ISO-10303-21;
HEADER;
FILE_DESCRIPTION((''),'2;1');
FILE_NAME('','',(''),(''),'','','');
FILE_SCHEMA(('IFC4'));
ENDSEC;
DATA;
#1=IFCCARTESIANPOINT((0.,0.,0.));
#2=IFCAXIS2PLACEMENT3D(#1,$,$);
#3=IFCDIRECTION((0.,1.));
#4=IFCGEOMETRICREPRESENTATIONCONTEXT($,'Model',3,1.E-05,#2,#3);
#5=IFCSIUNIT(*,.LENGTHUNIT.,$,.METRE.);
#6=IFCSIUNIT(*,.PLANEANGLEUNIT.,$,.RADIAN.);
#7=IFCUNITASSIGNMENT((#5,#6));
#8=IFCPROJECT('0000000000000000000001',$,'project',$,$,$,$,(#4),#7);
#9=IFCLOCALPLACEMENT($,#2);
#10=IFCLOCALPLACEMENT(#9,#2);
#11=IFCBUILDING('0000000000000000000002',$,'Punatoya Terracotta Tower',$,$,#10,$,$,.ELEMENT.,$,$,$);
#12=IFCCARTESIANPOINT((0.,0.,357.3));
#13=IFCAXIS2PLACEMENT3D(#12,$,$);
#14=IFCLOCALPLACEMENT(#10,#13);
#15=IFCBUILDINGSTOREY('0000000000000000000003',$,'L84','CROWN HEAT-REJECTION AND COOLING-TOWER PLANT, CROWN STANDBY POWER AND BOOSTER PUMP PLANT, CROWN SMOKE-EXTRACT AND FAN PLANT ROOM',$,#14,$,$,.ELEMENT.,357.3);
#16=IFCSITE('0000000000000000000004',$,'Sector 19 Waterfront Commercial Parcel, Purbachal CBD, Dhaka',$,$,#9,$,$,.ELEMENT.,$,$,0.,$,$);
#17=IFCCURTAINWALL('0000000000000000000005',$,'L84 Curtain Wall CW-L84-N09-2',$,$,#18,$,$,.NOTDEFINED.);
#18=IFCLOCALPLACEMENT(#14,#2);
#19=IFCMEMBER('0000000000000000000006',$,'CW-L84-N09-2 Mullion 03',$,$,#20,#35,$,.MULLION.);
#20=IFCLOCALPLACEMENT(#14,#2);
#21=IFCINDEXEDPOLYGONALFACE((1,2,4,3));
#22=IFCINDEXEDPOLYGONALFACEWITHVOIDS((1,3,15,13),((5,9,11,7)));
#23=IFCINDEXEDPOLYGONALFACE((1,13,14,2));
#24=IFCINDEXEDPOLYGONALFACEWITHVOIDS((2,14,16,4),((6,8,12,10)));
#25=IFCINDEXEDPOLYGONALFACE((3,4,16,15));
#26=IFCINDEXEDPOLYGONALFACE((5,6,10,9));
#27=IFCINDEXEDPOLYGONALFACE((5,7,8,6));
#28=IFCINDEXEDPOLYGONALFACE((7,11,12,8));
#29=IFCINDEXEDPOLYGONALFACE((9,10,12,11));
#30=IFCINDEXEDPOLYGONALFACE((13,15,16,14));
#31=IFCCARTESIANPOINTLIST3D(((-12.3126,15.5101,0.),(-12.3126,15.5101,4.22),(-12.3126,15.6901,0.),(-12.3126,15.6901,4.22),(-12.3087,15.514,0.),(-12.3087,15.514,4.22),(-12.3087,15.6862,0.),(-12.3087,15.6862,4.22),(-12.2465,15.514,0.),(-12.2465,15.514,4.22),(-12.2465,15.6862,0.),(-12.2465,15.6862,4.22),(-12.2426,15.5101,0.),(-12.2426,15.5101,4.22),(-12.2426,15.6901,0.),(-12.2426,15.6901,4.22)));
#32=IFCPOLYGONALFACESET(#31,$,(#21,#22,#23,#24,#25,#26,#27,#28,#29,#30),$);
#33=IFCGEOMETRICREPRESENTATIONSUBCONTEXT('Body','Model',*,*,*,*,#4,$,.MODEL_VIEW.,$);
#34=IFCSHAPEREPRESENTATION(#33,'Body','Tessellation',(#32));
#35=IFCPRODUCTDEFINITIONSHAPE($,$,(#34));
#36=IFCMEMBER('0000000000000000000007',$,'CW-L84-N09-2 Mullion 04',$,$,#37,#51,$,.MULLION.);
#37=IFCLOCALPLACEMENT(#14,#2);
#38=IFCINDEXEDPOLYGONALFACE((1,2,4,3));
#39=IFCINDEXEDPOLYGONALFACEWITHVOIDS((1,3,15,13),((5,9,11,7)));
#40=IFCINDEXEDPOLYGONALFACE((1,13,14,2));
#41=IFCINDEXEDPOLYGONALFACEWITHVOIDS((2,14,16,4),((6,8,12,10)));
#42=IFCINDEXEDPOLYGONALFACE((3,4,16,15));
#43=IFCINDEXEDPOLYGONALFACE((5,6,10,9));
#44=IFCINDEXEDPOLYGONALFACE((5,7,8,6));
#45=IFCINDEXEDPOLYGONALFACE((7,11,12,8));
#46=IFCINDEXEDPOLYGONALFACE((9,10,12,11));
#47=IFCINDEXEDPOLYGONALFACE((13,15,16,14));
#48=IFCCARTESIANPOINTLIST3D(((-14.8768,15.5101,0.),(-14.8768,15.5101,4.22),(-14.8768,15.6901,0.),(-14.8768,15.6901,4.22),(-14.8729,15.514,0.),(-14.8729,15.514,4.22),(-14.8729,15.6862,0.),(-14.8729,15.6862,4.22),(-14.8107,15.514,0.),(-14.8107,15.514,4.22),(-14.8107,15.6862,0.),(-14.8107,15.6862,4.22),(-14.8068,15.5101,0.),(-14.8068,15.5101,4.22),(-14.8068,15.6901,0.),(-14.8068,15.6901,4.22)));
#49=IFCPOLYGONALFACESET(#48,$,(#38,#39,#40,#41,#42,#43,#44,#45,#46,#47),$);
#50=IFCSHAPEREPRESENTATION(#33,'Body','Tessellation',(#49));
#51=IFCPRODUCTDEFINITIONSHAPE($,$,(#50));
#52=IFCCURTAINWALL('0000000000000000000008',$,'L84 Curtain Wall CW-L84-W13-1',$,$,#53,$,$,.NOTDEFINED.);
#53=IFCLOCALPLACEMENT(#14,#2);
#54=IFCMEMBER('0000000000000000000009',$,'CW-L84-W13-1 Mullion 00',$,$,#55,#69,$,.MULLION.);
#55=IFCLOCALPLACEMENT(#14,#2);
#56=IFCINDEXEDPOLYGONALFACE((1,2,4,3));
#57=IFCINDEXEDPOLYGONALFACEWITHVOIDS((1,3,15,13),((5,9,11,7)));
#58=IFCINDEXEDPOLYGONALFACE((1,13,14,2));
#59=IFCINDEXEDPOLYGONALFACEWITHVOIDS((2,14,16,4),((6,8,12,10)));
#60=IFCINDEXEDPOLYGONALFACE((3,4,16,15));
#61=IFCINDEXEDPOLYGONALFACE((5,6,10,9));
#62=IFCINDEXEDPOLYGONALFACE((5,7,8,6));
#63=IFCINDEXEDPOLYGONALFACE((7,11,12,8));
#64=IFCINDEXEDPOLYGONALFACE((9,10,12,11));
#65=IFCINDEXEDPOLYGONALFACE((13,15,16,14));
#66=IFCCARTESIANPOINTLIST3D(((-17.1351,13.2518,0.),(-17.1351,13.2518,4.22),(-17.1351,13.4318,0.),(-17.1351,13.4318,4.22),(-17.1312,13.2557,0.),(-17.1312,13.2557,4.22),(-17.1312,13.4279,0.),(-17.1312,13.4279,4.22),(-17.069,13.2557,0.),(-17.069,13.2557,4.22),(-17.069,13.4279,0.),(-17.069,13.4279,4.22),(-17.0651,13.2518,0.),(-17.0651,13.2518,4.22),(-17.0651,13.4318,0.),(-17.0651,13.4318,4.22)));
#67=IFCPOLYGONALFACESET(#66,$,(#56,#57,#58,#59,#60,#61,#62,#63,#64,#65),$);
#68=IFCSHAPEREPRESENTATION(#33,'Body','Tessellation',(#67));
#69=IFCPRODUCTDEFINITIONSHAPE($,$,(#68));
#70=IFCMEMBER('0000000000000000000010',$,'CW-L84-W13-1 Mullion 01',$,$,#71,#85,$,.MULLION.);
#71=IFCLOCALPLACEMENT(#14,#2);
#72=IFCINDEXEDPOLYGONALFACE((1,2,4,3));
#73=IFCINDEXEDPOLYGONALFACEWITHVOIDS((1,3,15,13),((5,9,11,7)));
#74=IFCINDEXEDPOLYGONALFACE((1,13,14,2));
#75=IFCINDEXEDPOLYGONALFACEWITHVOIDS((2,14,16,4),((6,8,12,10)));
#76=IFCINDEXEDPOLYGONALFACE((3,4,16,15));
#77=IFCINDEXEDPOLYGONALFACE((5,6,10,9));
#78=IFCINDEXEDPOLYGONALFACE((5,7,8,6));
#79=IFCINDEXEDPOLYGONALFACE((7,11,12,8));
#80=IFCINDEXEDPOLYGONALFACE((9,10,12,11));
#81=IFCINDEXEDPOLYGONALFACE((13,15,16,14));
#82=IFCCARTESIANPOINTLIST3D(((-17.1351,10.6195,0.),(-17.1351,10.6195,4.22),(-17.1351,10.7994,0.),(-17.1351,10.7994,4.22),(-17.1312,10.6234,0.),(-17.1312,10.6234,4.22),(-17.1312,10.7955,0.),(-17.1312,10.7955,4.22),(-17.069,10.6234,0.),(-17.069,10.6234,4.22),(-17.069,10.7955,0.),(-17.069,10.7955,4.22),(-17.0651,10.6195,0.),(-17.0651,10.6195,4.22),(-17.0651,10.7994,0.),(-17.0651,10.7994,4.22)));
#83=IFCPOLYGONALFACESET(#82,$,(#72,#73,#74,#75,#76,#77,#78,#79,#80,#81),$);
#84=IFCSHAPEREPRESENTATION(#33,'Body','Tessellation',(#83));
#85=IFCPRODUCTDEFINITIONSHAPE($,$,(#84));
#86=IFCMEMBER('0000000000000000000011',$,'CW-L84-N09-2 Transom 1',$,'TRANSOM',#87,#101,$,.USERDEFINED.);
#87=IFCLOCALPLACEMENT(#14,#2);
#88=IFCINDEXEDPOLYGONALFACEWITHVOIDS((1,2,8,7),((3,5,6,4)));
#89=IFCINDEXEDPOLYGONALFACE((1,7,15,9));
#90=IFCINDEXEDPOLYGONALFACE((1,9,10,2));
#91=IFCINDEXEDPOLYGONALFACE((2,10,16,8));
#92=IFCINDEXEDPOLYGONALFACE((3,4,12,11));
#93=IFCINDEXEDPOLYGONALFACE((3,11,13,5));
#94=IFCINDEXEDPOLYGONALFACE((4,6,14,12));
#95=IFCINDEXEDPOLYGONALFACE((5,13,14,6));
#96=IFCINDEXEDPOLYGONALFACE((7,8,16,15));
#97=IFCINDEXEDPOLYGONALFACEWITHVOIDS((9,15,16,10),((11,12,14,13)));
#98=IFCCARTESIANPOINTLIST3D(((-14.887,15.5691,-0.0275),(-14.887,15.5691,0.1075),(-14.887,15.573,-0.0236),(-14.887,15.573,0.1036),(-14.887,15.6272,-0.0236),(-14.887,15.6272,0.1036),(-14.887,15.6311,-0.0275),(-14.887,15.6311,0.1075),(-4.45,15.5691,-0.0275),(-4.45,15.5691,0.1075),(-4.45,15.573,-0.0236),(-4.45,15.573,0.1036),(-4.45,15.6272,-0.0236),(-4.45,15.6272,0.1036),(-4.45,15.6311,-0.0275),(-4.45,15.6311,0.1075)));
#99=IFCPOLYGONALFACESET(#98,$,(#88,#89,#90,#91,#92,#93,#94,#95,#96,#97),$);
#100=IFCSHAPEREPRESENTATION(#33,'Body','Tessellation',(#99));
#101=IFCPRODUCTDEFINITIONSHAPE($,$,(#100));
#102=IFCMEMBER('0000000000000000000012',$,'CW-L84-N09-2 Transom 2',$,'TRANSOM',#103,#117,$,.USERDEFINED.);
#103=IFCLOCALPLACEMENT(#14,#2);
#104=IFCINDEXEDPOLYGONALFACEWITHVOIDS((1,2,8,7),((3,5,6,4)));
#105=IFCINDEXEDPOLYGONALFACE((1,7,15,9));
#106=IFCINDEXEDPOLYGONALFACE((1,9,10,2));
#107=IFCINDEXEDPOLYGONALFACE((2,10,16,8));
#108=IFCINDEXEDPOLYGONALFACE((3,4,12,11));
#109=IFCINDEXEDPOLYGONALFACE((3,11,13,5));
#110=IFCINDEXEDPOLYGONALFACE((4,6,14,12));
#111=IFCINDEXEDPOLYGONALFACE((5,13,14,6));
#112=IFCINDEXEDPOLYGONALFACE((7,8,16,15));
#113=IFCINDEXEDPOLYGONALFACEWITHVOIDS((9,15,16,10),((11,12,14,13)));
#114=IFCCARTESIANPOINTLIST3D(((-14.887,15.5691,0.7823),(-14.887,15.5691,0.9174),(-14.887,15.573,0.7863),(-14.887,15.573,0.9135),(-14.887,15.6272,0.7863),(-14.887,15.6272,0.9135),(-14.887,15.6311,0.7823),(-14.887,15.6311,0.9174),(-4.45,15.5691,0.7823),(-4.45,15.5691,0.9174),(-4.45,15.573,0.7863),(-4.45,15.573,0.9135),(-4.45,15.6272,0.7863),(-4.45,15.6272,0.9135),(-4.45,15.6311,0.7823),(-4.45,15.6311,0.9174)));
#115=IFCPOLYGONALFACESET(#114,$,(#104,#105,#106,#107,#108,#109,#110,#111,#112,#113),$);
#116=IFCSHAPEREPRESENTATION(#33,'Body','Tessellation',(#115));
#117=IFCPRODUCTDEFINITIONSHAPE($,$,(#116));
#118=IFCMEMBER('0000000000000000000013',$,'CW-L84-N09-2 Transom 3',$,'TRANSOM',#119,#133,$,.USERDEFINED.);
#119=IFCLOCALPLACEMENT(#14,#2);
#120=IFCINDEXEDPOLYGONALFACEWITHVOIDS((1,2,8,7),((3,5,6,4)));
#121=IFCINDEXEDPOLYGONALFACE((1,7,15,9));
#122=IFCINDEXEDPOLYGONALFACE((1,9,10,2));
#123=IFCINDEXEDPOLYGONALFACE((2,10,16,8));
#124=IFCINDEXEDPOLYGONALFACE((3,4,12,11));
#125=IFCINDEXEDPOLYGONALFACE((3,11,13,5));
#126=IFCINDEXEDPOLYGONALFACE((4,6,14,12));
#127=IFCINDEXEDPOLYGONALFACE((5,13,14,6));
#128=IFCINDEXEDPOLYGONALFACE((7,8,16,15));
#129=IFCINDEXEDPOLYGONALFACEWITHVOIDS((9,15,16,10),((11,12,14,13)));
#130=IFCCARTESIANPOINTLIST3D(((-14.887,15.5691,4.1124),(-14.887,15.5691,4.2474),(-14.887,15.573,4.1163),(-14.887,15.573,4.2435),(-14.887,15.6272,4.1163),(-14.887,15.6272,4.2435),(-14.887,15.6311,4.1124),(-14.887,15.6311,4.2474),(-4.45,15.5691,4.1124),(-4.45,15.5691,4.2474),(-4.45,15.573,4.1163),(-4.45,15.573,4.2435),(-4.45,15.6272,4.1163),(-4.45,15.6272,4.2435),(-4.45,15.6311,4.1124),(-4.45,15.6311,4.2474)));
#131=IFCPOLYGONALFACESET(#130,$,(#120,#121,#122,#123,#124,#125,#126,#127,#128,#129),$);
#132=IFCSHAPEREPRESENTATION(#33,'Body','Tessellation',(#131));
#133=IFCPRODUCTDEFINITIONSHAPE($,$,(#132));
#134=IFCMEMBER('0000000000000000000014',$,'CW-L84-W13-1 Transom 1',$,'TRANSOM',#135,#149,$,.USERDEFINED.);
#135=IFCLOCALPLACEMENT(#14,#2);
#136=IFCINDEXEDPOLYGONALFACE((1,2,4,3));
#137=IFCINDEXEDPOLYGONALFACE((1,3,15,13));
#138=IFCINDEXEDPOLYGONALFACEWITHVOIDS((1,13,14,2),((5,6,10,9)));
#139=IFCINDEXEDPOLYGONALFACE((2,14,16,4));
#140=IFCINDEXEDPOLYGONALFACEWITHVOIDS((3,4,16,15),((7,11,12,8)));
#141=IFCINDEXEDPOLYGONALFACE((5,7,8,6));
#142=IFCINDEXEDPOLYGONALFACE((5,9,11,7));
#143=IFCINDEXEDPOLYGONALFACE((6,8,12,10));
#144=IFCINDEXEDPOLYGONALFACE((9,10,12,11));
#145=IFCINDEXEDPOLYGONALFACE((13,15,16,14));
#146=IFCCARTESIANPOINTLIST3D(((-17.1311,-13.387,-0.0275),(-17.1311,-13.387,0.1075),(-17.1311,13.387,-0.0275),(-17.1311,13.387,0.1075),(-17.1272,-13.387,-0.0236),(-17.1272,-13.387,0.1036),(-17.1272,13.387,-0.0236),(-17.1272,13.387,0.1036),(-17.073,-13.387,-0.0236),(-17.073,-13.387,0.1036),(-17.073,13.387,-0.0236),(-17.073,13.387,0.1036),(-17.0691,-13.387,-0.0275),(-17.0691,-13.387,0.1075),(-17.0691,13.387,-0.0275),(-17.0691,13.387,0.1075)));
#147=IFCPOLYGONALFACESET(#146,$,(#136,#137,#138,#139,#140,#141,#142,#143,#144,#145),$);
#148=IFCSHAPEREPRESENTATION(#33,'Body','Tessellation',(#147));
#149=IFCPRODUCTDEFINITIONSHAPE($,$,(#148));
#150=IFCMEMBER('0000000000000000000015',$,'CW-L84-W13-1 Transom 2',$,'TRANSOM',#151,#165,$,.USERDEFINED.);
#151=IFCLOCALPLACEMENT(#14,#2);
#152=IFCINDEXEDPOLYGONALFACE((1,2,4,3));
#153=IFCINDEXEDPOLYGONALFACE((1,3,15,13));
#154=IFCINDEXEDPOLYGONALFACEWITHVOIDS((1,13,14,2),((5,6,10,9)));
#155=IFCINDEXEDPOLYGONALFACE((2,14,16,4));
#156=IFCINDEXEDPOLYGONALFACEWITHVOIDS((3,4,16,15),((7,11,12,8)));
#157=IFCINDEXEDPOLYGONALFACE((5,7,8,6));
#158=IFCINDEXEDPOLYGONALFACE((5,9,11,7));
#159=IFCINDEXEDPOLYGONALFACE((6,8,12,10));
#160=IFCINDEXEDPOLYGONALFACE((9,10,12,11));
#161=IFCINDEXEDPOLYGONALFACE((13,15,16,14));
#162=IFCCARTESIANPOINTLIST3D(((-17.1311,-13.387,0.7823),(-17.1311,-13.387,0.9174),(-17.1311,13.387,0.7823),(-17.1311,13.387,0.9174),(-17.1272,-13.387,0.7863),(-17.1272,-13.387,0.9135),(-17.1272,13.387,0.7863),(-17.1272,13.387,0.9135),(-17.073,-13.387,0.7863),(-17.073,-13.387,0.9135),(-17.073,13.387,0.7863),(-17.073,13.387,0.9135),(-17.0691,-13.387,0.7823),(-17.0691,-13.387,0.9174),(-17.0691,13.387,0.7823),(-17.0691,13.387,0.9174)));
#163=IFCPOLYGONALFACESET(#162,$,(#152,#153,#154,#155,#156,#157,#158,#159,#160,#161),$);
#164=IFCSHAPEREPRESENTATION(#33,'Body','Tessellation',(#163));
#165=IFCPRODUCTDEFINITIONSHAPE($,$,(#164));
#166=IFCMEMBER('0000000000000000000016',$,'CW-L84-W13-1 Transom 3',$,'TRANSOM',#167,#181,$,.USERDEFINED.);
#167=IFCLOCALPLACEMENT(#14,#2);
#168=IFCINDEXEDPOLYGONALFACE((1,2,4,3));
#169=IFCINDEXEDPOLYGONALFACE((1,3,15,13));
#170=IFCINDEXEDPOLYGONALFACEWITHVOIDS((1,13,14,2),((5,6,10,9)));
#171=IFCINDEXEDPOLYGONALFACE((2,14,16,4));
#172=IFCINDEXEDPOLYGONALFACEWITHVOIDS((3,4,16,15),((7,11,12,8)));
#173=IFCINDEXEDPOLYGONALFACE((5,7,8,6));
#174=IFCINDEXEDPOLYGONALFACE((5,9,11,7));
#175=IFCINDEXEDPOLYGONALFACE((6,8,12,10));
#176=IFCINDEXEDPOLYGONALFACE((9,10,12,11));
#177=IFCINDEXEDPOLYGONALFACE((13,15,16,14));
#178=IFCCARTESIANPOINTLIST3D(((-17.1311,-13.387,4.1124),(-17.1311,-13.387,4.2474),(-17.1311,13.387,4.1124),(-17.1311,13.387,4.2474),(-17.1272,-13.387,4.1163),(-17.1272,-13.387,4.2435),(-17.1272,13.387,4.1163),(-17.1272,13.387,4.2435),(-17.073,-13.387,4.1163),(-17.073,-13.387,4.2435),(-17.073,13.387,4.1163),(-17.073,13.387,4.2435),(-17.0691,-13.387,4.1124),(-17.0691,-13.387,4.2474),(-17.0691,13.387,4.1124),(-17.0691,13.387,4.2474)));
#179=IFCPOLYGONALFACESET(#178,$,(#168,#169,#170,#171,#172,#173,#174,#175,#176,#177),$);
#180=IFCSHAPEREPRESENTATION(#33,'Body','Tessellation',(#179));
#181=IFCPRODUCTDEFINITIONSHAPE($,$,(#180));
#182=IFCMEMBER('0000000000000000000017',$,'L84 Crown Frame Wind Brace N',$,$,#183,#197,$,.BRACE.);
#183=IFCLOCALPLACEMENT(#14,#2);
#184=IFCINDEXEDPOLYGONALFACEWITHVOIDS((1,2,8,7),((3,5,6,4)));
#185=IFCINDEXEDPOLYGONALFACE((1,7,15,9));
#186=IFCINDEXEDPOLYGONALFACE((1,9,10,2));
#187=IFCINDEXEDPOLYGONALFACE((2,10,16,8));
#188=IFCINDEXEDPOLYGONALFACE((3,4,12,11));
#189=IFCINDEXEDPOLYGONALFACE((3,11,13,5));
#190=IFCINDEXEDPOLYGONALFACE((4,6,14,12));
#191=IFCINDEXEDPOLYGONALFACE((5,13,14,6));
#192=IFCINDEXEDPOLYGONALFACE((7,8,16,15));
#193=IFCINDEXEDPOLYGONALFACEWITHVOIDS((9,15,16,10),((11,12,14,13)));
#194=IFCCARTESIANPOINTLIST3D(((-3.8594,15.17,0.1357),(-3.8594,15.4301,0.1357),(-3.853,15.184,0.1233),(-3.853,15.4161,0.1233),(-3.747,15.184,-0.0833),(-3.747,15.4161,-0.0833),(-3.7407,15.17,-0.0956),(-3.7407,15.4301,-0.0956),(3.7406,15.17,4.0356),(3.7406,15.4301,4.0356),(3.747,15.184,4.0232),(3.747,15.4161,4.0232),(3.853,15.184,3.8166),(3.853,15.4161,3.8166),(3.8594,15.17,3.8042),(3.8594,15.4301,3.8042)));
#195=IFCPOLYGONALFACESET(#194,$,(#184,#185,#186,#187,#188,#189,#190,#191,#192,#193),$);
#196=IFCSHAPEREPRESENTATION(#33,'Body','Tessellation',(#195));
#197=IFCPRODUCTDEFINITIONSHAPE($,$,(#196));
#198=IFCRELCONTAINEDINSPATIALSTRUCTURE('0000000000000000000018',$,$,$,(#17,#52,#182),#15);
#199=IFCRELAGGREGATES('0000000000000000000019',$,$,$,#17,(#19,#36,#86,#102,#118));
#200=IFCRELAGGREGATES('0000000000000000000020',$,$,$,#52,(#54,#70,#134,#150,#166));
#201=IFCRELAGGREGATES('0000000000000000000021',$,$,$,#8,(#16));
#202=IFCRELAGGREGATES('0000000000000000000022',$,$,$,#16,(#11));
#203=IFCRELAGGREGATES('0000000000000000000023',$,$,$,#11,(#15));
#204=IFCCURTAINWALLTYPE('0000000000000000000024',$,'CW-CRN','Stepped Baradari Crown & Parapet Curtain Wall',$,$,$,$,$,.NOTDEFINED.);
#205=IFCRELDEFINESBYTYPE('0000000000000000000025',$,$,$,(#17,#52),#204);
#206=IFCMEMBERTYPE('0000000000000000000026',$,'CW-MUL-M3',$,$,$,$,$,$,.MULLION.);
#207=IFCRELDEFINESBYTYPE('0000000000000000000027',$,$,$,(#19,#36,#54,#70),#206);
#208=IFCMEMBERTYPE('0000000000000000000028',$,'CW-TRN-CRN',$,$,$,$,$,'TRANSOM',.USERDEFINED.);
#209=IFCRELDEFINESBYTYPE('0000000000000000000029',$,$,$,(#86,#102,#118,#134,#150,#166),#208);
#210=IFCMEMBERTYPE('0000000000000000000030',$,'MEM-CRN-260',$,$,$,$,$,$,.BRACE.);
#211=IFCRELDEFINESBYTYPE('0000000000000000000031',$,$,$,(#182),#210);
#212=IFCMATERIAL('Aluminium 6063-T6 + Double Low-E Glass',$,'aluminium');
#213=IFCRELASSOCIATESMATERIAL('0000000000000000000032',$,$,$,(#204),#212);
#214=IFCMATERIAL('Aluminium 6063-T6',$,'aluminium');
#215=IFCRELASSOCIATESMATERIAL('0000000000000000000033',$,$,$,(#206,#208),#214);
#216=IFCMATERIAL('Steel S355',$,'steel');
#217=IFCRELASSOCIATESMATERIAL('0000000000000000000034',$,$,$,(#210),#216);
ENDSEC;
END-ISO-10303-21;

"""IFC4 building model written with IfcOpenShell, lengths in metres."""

from ifc_helpers import new_model, si_unit, direction, frame, origin, origin_2d, place, context, subcontext, project, spatial, hollow_rectangle, extrude, material, material_profile, profile_set, type_object, element, aggregate, save


model = new_model("IFC4")

# Units and contexts
model_context = context("Model", 3, precision=1e-05, world=origin(), true_north=direction((0.0, 1.0)))
body_context = subcontext(model_context, "Body", "Model", "MODEL_VIEW")
ifc_project = project(units=[si_unit("LENGTHUNIT", "METRE"), si_unit("PLANEANGLEUNIT", "RADIAN")], contexts=[model_context])

# Site, building, storey
site_placement = place(None, origin())
site = spatial("IfcSite", under=ifc_project, at=site_placement, Name="Sector 19 Waterfront Commercial Parcel, Purbachal CBD, Dhaka", CompositionType="ELEMENT", RefElevation=0.0)
building_placement = place(site_placement, origin())
building = spatial("IfcBuilding", under=site, at=building_placement, Name="Punatoya Terracotta Tower", CompositionType="ELEMENT")
storey_placement = place(building_placement, frame((0.0, 0.0, 357.3)))
storey = spatial("IfcBuildingStorey", under=building, at=storey_placement, Name="L84", Description="CROWN HEAT-REJECTION AND COOLING-TOWER PLANT, CROWN STANDBY POWER AND BOOSTER PUMP PLANT, CROWN SMOKE-EXTRACT AND FAN PLANT ROOM", CompositionType="ELEMENT", Elevation=357.3)

# Shared definitions
ifc_material_1 = material(Name="Steel S355", Category="steel")

# Curtain walls, members
ifc_material_2 = material(Name="Aluminium 6063-T6 + Double Low-E Glass", Category="aluminium")
curtain_wall_type = type_object("IfcCurtainWallType", Name="CW-CRN", Description="Stepped Baradari Crown & Parapet Curtain Wall", PredefinedType="NOTDEFINED", material=ifc_material_2)
curtain_wall_1_placement = place(storey_placement, origin())
curtain_wall_1 = element("IfcCurtainWall", 1, at=curtain_wall_1_placement, inside=storey, type_object=curtain_wall_type, Name="L84 Curtain Wall CW-L84-N09-2", PredefinedType="NOTDEFINED")
ifc_material_3 = material(Name="Aluminium 6063-T6", Category="aluminium")
ifc_material_profile_1 = material_profile(ifc_material_3, hollow_rectangle(XDim=0.0701, YDim=0.1799, WallThickness=0.0039, at=origin_2d()))
ifc_profile_set_1 = profile_set([ifc_material_profile_1], Name="Aluminium 6063-T6")
member_type_1 = type_object("IfcMemberType", Name="CW-MUL-M3", PredefinedType="MULLION", material=ifc_profile_set_1)
member_1_placement = place(storey_placement, frame((-12.2776, 15.6001, 0.0), z_axis=(0.0, 0.0, 1.0), x_axis=(1.0, 0.0, 0.0)))
member_1 = element("IfcMember", 2, at=member_1_placement, type_object=member_type_1, Name="CW-L84-N09-2 Mullion 03", PredefinedType="MULLION", context=body_context, shape_type="SweptSolid", body=[
    extrude(hollow_rectangle(XDim=0.0701, YDim=0.1799, WallThickness=0.0039, at=origin_2d()), origin(), (0.0, 0.0, 1.0), 4.22),
])
member_2_placement = place(storey_placement, frame((-14.8418, 15.6001, 0.0), z_axis=(0.0, 0.0, 1.0), x_axis=(1.0, 0.0, 0.0)))
member_2 = element("IfcMember", 3, at=member_2_placement, type_object=member_type_1, Name="CW-L84-N09-2 Mullion 04", PredefinedType="MULLION", context=body_context, shape_type="SweptSolid", body=[
    extrude(hollow_rectangle(XDim=0.0701, YDim=0.1799, WallThickness=0.0039, at=origin_2d()), origin(), (0.0, 0.0, 1.0), 4.22),
])
curtain_wall_2_placement = place(storey_placement, origin())
curtain_wall_2 = element("IfcCurtainWall", 4, at=curtain_wall_2_placement, inside=storey, type_object=curtain_wall_type, Name="L84 Curtain Wall CW-L84-W13-1", PredefinedType="NOTDEFINED")
member_3_placement = place(storey_placement, frame((-17.1001, 13.3418, 0.0), z_axis=(0.0, 0.0, 1.0), x_axis=(1.0, 0.0, 0.0)))
member_3 = element("IfcMember", 5, at=member_3_placement, type_object=member_type_1, Name="CW-L84-W13-1 Mullion 00", PredefinedType="MULLION", context=body_context, shape_type="SweptSolid", body=[
    extrude(hollow_rectangle(XDim=0.0701, YDim=0.1799, WallThickness=0.0039, at=origin_2d()), origin(), (0.0, 0.0, 1.0), 4.22),
])
member_4_placement = place(storey_placement, frame((-17.1001, 10.7095, 0.0), z_axis=(0.0, 0.0, 1.0), x_axis=(1.0, 0.0, 0.0)))
member_4 = element("IfcMember", 6, at=member_4_placement, type_object=member_type_1, Name="CW-L84-W13-1 Mullion 01", PredefinedType="MULLION", context=body_context, shape_type="SweptSolid", body=[
    extrude(hollow_rectangle(XDim=0.0701, YDim=0.1799, WallThickness=0.0039, at=origin_2d()), origin(), (0.0, 0.0, 1.0), 4.22),
])

# Members
ifc_material_profile_2 = material_profile(ifc_material_3, hollow_rectangle(XDim=0.062, YDim=0.135, WallThickness=0.0039, at=origin_2d()))
ifc_profile_set_2 = profile_set([ifc_material_profile_2], Name="Aluminium 6063-T6")
member_type_2 = type_object("IfcMemberType", Name="CW-TRN-CRN", ElementType="TRANSOM", PredefinedType="USERDEFINED", material=ifc_profile_set_2)
member_5_placement = place(storey_placement, frame((-4.45, 15.6001, 0.04), z_axis=(-1.0, 0.0, 0.0), x_axis=(0.0, -1.0, 0.0)))
member_5 = element("IfcMember", 7, at=member_5_placement, type_object=member_type_2, Name="CW-L84-N09-2 Transom 1", ObjectType="TRANSOM", PredefinedType="USERDEFINED", context=body_context, shape_type="SweptSolid", body=[
    extrude(hollow_rectangle(XDim=0.062, YDim=0.135, WallThickness=0.0039, at=origin_2d()), origin(), (0.0, 0.0, 1.0), 10.437),
])
member_6_placement = place(storey_placement, frame((-4.45, 15.6001, 0.8499), z_axis=(-1.0, 0.0, 0.0), x_axis=(0.0, -1.0, 0.0)))
member_6 = element("IfcMember", 8, at=member_6_placement, type_object=member_type_2, Name="CW-L84-N09-2 Transom 2", ObjectType="TRANSOM", PredefinedType="USERDEFINED", context=body_context, shape_type="SweptSolid", body=[
    extrude(hollow_rectangle(XDim=0.062, YDim=0.135, WallThickness=0.0039, at=origin_2d()), origin(), (0.0, 0.0, 1.0), 10.437),
])
member_7_placement = place(storey_placement, frame((-4.45, 15.6001, 4.1799), z_axis=(-1.0, 0.0, 0.0), x_axis=(0.0, -1.0, 0.0)))
member_7 = element("IfcMember", 9, at=member_7_placement, type_object=member_type_2, Name="CW-L84-N09-2 Transom 3", ObjectType="TRANSOM", PredefinedType="USERDEFINED", context=body_context, shape_type="SweptSolid", body=[
    extrude(hollow_rectangle(XDim=0.062, YDim=0.135, WallThickness=0.0039, at=origin_2d()), origin(), (0.0, 0.0, 1.0), 10.437),
])
member_8_placement = place(storey_placement, frame((-17.1001, 13.387, 0.04), z_axis=(0.0, -1.0, 0.0), x_axis=(1.0, 0.0, 0.0)))
member_8 = element("IfcMember", 10, at=member_8_placement, type_object=member_type_2, Name="CW-L84-W13-1 Transom 1", ObjectType="TRANSOM", PredefinedType="USERDEFINED", context=body_context, shape_type="SweptSolid", body=[
    extrude(hollow_rectangle(XDim=0.062, YDim=0.135, WallThickness=0.0039, at=origin_2d()), origin(), (0.0, 0.0, 1.0), 26.7739),
])
member_9_placement = place(storey_placement, frame((-17.1001, 13.387, 0.8499), z_axis=(0.0, -1.0, 0.0), x_axis=(1.0, 0.0, 0.0)))
member_9 = element("IfcMember", 11, at=member_9_placement, type_object=member_type_2, Name="CW-L84-W13-1 Transom 2", ObjectType="TRANSOM", PredefinedType="USERDEFINED", context=body_context, shape_type="SweptSolid", body=[
    extrude(hollow_rectangle(XDim=0.062, YDim=0.135, WallThickness=0.0039, at=origin_2d()), origin(), (0.0, 0.0, 1.0), 26.7739),
])
member_10_placement = place(storey_placement, frame((-17.1001, 13.387, 4.1799), z_axis=(0.0, -1.0, 0.0), x_axis=(1.0, 0.0, 0.0)))
member_10 = element("IfcMember", 12, at=member_10_placement, type_object=member_type_2, Name="CW-L84-W13-1 Transom 3", ObjectType="TRANSOM", PredefinedType="USERDEFINED", context=body_context, shape_type="SweptSolid", body=[
    extrude(hollow_rectangle(XDim=0.062, YDim=0.135, WallThickness=0.0039, at=origin_2d()), origin(), (0.0, 0.0, 1.0), 26.7739),
])
ifc_material_profile_3 = material_profile(ifc_material_1, hollow_rectangle(XDim=0.26, YDim=0.26, WallThickness=0.0139, at=origin_2d()))
ifc_profile_set_3 = profile_set([ifc_material_profile_3], Name="Steel S355")
member_type_3 = type_object("IfcMemberType", Name="MEM-CRN-260", PredefinedType="BRACE", material=ifc_profile_set_3)
member_11_placement = place(storey_placement, frame((-3.8, 15.3, 0.02), z_axis=(0.889703, 0.0, 0.456541), x_axis=(0.0, 1.0, 0.0)))
element("IfcMember", 13, at=member_11_placement, inside=storey, type_object=member_type_3, Name="L84 Crown Frame Wind Brace N", PredefinedType="BRACE", context=body_context, shape_type="SweptSolid", body=[
    extrude(hollow_rectangle(XDim=0.26, YDim=0.26, WallThickness=0.0139, at=origin_2d()), origin(), (0.0, 0.0, 1.0), 8.5422),
])

aggregate(curtain_wall_1, [member_1, member_2, member_5, member_6, member_7])
aggregate(curtain_wall_2, [member_3, member_4, member_8, member_9, member_10])

save(model, "model.ifc")
